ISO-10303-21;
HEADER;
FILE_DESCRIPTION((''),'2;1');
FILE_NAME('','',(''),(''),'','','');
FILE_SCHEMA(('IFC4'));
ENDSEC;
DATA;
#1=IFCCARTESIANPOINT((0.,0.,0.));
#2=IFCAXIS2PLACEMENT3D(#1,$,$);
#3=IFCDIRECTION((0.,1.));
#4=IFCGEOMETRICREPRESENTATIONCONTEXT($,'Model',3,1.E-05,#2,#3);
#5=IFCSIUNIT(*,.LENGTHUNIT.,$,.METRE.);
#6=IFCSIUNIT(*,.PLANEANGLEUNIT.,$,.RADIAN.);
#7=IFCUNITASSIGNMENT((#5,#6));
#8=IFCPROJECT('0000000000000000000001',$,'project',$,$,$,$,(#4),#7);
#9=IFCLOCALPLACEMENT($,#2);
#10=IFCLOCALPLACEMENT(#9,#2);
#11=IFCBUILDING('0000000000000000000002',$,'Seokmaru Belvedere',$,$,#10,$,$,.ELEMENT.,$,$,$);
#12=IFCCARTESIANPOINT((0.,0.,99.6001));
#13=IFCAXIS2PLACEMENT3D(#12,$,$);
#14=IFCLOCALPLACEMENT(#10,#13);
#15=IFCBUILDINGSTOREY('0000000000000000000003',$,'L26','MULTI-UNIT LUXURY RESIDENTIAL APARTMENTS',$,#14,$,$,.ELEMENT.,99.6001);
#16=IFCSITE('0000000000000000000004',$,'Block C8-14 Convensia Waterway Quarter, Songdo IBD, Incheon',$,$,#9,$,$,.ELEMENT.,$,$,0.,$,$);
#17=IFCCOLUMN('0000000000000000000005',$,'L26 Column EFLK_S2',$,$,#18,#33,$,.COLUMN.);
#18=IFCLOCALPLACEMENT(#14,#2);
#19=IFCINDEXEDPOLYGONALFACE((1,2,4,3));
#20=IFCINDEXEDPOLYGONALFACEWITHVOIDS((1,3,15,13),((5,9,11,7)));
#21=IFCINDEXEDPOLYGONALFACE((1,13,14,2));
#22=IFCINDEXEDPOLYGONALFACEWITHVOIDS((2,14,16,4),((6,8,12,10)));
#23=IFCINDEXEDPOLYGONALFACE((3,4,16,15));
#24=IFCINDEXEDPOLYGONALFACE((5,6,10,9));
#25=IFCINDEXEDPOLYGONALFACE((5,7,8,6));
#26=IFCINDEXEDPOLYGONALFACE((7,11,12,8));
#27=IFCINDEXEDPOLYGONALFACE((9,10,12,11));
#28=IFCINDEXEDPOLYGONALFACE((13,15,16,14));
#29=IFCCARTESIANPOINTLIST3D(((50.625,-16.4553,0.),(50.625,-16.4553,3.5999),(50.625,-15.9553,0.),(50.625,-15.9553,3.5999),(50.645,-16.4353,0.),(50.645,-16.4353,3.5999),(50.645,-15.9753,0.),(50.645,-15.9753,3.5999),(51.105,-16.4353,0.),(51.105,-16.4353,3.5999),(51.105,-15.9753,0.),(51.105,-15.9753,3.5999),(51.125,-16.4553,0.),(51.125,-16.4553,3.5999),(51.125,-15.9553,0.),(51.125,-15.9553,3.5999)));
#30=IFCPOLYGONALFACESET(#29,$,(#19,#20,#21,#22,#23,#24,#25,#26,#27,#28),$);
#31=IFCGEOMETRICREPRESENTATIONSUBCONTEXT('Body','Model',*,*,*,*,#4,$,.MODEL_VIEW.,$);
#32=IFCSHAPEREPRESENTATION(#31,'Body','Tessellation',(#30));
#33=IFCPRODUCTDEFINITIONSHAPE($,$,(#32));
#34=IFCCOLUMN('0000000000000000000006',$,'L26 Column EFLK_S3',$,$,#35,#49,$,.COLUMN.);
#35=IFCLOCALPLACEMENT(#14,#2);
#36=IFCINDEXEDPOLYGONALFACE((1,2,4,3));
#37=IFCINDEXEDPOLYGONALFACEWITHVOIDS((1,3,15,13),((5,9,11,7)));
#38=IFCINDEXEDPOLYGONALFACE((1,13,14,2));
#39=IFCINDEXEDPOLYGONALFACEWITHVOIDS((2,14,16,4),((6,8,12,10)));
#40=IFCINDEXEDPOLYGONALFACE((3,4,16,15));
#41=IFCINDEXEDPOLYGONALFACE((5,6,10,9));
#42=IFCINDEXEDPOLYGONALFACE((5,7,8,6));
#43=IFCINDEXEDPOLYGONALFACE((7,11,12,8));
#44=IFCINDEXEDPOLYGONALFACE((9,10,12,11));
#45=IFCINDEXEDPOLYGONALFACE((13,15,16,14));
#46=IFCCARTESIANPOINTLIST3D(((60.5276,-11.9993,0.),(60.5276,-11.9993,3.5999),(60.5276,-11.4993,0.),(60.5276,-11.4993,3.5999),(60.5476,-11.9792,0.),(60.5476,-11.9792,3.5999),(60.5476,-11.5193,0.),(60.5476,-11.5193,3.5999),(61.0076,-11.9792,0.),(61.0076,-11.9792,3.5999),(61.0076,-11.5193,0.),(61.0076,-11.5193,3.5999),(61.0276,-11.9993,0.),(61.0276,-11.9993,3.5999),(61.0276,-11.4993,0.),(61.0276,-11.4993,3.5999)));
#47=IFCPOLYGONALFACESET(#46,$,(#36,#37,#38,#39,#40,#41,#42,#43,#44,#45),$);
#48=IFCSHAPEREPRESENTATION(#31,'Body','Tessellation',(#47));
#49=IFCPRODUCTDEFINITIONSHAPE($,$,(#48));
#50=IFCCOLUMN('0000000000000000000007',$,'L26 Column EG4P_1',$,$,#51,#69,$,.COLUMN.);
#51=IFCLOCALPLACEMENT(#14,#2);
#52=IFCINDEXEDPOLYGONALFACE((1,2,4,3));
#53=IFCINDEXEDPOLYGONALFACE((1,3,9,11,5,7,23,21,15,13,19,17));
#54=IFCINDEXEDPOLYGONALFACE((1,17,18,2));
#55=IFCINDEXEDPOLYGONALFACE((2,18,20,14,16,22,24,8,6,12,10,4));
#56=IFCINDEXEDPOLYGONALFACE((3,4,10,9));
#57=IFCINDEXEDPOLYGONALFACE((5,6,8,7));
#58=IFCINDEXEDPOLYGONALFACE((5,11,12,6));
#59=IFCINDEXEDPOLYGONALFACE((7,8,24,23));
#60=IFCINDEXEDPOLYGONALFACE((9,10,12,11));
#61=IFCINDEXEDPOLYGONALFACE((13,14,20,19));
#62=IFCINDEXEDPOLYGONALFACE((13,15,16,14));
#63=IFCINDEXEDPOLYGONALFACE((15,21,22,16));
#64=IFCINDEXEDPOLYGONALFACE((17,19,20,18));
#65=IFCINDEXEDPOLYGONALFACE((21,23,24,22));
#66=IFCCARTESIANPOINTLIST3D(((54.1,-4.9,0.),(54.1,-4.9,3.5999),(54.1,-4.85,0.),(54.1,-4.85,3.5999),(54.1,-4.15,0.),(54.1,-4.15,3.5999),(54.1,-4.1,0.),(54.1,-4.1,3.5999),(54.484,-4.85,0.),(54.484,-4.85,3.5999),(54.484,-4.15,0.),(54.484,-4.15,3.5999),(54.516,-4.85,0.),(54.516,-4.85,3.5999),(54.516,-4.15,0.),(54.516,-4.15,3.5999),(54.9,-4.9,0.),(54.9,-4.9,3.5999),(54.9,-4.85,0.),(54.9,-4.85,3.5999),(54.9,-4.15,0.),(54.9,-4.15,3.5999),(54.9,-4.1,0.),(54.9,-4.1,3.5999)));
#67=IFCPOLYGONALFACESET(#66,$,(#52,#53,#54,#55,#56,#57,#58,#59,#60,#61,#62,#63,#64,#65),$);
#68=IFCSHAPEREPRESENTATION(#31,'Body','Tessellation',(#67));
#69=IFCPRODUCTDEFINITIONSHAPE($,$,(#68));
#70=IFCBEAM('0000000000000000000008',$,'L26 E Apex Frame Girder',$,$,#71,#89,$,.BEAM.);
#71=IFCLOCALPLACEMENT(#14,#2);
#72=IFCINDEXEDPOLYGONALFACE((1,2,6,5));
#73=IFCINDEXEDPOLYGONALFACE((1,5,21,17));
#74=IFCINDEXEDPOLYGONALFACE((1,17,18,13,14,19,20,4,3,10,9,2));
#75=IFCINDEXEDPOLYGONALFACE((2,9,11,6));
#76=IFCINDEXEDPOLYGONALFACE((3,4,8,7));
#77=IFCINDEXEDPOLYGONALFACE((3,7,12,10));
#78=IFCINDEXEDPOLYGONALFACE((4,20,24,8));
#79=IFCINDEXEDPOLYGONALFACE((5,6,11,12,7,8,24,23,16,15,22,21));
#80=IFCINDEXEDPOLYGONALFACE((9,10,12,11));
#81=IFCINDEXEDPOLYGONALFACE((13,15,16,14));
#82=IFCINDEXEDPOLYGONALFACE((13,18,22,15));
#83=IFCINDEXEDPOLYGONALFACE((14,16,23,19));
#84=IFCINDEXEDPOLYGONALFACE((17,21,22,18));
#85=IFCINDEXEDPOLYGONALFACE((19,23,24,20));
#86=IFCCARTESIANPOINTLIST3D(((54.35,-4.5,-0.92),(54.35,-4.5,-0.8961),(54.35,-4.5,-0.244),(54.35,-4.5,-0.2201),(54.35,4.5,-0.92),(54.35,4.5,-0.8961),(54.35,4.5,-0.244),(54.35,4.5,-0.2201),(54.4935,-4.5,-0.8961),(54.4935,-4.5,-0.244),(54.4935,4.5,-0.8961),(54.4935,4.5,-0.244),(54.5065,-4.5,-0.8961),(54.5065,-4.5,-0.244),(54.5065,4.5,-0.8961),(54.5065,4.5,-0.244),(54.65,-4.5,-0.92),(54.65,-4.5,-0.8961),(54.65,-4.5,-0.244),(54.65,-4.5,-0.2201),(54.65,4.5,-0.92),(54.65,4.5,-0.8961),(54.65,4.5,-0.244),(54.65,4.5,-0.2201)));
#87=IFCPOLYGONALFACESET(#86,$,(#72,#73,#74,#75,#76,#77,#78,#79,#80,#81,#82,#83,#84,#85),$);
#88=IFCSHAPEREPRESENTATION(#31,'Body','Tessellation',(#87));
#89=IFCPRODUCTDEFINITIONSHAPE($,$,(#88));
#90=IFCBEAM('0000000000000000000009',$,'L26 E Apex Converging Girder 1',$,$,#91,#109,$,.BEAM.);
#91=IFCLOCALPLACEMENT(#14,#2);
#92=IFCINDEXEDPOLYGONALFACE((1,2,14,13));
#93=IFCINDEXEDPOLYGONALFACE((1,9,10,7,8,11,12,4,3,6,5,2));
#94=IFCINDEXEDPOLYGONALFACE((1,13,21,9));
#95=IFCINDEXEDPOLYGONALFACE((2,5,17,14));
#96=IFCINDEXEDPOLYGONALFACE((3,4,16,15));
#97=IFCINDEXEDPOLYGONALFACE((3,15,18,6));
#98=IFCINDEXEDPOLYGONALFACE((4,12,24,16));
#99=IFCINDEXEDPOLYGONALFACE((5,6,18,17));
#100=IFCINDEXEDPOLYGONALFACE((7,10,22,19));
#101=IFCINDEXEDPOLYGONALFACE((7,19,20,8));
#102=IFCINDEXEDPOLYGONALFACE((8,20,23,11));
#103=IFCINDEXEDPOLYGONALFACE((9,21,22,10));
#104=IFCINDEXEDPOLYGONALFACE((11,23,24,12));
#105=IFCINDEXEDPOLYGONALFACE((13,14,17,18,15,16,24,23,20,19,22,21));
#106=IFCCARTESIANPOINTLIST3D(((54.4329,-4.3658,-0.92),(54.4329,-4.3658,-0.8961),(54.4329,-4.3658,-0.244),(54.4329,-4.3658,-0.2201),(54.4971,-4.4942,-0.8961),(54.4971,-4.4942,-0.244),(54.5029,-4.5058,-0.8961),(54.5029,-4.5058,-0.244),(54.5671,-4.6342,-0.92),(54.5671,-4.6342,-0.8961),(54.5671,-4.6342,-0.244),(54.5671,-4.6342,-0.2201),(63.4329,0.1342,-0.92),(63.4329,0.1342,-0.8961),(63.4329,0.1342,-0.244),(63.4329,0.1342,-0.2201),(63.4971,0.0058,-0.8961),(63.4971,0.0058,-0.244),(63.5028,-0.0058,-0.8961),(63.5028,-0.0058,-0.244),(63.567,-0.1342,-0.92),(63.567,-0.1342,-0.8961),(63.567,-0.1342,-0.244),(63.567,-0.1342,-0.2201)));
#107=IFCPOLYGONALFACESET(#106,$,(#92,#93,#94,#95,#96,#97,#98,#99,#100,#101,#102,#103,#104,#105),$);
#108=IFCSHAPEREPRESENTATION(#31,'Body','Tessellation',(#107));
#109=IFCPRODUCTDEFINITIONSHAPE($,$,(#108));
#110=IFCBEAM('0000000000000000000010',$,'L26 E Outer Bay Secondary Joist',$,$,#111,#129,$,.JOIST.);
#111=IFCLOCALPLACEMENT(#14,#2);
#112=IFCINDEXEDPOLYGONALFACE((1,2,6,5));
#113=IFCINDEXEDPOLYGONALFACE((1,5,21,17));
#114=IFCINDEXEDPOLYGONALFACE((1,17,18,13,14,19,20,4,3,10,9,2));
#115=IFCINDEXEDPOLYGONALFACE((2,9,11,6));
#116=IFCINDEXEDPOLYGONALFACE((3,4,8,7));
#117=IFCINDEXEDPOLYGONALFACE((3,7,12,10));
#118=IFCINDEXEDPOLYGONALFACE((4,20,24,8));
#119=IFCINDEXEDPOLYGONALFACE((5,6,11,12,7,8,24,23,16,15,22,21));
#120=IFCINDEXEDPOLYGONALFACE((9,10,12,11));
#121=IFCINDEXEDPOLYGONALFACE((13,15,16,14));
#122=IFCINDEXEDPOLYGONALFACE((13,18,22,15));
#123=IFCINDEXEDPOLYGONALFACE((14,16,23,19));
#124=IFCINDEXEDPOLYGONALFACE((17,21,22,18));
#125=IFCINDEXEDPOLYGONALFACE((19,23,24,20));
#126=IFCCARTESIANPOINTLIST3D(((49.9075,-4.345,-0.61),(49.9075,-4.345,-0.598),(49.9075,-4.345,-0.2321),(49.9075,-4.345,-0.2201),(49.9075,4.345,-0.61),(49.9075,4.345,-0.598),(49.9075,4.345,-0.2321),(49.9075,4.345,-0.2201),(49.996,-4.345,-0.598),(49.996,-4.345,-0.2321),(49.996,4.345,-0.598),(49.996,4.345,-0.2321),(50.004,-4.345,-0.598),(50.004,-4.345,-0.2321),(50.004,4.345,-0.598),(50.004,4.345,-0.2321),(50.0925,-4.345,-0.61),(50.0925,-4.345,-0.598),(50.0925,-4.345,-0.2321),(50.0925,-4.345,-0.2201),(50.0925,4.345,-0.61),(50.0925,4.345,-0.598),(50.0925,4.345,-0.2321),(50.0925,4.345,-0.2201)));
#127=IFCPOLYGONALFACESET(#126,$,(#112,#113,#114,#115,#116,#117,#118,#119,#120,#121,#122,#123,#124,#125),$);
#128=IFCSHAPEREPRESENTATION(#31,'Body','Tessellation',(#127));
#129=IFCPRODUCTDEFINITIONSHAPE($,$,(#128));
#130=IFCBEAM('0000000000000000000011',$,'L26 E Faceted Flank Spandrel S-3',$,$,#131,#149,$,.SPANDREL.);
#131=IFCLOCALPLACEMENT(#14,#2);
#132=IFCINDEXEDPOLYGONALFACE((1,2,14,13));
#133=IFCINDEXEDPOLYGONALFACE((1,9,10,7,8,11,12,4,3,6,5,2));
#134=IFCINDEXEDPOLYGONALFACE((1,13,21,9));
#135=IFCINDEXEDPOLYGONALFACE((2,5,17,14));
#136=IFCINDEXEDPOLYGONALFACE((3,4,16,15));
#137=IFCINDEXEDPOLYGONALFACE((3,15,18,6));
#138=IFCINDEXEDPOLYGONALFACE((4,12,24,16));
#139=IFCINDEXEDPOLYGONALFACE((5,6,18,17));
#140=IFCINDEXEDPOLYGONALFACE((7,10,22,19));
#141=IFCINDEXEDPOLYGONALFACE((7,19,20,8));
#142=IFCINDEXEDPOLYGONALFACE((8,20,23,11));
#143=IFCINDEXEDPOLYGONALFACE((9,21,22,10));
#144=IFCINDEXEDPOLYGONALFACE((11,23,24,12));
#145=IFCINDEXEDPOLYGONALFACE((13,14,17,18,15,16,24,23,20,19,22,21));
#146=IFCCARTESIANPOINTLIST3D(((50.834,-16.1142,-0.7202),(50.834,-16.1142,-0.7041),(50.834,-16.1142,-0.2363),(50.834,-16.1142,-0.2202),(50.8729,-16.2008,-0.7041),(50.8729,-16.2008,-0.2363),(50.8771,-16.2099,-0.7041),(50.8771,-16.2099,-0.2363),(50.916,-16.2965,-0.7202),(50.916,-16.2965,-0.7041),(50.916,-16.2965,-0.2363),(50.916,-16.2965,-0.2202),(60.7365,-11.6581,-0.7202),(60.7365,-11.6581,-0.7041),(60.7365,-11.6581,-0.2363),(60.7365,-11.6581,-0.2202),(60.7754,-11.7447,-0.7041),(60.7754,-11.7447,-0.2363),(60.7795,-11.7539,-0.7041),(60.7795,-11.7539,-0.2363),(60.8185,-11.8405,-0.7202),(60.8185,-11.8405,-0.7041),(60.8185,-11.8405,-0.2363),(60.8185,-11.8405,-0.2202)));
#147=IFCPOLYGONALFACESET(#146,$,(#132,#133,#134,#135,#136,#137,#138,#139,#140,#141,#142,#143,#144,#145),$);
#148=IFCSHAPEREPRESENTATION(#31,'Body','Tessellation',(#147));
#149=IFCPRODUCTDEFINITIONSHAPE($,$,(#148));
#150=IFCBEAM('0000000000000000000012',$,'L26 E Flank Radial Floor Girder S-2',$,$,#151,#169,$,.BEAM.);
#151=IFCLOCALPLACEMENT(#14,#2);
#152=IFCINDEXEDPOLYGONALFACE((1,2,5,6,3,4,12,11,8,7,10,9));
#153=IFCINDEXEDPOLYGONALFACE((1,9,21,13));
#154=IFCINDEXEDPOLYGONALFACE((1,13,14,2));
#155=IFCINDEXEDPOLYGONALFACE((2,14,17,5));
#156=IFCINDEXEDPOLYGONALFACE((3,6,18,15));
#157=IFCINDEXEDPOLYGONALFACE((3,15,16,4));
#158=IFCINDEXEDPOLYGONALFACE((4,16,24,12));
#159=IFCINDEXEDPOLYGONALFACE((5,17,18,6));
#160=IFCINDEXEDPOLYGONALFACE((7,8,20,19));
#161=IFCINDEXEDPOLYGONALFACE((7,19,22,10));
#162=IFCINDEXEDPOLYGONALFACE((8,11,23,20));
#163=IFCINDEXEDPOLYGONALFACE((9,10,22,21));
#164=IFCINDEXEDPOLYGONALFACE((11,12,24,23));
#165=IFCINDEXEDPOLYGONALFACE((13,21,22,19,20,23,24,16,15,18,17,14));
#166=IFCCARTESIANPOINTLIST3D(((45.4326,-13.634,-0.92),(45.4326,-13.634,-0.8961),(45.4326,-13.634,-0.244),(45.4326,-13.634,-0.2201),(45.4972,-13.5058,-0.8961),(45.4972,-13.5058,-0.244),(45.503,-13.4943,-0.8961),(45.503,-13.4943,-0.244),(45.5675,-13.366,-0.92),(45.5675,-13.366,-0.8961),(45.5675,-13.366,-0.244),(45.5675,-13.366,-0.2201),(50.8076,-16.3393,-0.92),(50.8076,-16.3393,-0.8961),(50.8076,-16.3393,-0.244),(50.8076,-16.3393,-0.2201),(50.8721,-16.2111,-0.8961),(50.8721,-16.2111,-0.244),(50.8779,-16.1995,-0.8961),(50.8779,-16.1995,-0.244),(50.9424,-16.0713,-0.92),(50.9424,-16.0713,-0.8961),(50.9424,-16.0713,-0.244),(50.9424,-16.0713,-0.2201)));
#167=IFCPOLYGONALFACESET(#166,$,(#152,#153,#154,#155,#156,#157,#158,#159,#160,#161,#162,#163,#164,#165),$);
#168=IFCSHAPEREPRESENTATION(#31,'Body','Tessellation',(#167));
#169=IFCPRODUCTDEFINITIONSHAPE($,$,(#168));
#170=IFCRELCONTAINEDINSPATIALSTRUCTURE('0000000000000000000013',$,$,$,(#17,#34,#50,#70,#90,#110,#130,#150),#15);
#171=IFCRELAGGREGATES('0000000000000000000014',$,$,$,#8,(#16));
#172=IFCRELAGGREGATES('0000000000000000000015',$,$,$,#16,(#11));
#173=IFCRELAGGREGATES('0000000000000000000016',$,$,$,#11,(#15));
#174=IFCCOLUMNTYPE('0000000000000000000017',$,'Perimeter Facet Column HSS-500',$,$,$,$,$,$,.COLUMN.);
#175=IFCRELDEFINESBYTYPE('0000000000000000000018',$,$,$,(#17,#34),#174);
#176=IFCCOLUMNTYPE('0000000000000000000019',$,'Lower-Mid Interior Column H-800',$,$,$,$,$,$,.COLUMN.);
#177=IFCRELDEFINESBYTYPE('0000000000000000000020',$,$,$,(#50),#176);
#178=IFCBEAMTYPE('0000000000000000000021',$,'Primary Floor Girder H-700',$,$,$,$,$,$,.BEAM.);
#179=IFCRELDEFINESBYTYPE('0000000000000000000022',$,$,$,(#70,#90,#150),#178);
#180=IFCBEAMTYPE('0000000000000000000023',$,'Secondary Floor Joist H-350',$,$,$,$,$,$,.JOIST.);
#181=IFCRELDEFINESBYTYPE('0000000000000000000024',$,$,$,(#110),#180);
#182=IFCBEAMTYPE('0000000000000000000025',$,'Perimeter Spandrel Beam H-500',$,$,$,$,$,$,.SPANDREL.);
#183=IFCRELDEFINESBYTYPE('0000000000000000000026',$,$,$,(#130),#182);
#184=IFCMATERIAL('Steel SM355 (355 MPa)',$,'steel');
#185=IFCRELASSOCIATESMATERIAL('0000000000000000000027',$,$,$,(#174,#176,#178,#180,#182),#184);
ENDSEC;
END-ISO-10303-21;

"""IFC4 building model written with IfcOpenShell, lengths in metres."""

from ifc_helpers import new_model, si_unit, direction, frame, origin, origin_2d, place, context, subcontext, project, spatial, hollow_rectangle, i_section, extrude, source, transform, mapped, material, material_profile, profile_set, type_object, type_shapes, element, save


model = new_model("IFC4")

# Units and contexts
model_context = context("Model", 3, precision=1e-05, world=origin(), true_north=direction((0.0, 1.0)))
body_context = subcontext(model_context, "Body", "Model", "MODEL_VIEW")
ifc_project = project(units=[si_unit("LENGTHUNIT", "METRE"), si_unit("PLANEANGLEUNIT", "RADIAN")], contexts=[model_context])

# Site, building, storey
site_placement = place(None, origin())
site = spatial("IfcSite", under=ifc_project, at=site_placement, Name="Block C8-14 Convensia Waterway Quarter, Songdo IBD, Incheon", CompositionType="ELEMENT", RefElevation=0.0)
building_placement = place(site_placement, origin())
building = spatial("IfcBuilding", under=site, at=building_placement, Name="Seokmaru Belvedere", CompositionType="ELEMENT")
storey_placement = place(building_placement, frame((0.0, 0.0, 99.6001)))
storey = spatial("IfcBuildingStorey", under=building, at=storey_placement, Name="L26", Description="MULTI-UNIT LUXURY RESIDENTIAL APARTMENTS", CompositionType="ELEMENT", Elevation=99.6001)

# Columns
ifc_material_1 = material(Name="Steel SM355 (355 MPa)", Category="steel")
ifc_material_profile_1 = material_profile(ifc_material_1, hollow_rectangle(XDim=0.5, YDim=0.5, WallThickness=0.02, at=origin_2d()), Name="HSS-500x500x20")
ifc_profile_set_1 = profile_set([ifc_material_profile_1], Name="Steel SM355 (355 MPa)")
column_type_1 = type_object("IfcColumnType", Name="Perimeter Facet Column HSS-500", PredefinedType="COLUMN", material=ifc_profile_set_1)
shared_shape_1 = source(origin(), body_context, "Body", "SweptSolid", [
    extrude(hollow_rectangle(XDim=0.5, YDim=0.5, WallThickness=0.02, at=origin_2d()), origin(), (0.0, 0.0, 1.0), 3.5999),
])
type_shapes(column_type_1, [shared_shape_1])
for number, where, z_axis, x_axis, name in (
    (1, (50.875, -16.2053, 0.0), (0.0, 0.0, 1.0), (1.0, 0.0, 0.0), "L26 Column EFLK_S2"),
    (2, (60.7776, -11.7493, 0.0), (0.0, 0.0, 1.0), (1.0, 0.0, 0.0), "L26 Column EFLK_S3"),
):
    element("IfcColumn", number, at=place(storey_placement, frame(where, z_axis=z_axis, x_axis=x_axis)), inside=storey, type_object=column_type_1, Name=name, PredefinedType="COLUMN", context=body_context, shape_type="MappedRepresentation", body=[
        mapped(shared_shape_1, transform((0.0, 0.0, 0.0), scale=1.0)),
    ])
ifc_material_profile_2 = material_profile(ifc_material_1, i_section(OverallWidth=0.8, OverallDepth=0.8, WebThickness=0.032, FlangeThickness=0.05, at=origin_2d()), Name="H-800x800x32x50")
ifc_profile_set_2 = profile_set([ifc_material_profile_2], Name="Steel SM355 (355 MPa)")
column_type_2 = type_object("IfcColumnType", Name="Lower-Mid Interior Column H-800", PredefinedType="COLUMN", material=ifc_profile_set_2)
shared_shape_2 = source(origin(), body_context, "Body", "SweptSolid", [
    extrude(i_section(OverallWidth=0.8, OverallDepth=0.8, WebThickness=0.032, FlangeThickness=0.05, at=origin_2d()), origin(), (0.0, 0.0, 1.0), 3.5999),
])
type_shapes(column_type_2, [shared_shape_2])
column_placement = place(storey_placement, frame((54.5, -4.5, 0.0), z_axis=(0.0, 0.0, 1.0), x_axis=(1.0, 0.0, 0.0)))
element("IfcColumn", 3, at=column_placement, inside=storey, type_object=column_type_2, Name="L26 Column EG4P_1", PredefinedType="COLUMN", context=body_context, shape_type="MappedRepresentation", body=[
    mapped(shared_shape_2, transform((0.0, 0.0, 0.0), scale=1.0)),
])

# Beams
ifc_material_profile_3 = material_profile(ifc_material_1, i_section(OverallWidth=0.3, OverallDepth=0.7, WebThickness=0.0129, FlangeThickness=0.0239, at=origin_2d()), Name="H-700x300x13x24")
ifc_profile_set_3 = profile_set([ifc_material_profile_3], Name="Steel SM355 (355 MPa)")
beam_type_1 = type_object("IfcBeamType", Name="Primary Floor Girder H-700", PredefinedType="BEAM", material=ifc_profile_set_3)
shared_shape_3 = source(origin(), body_context, "Body", "SweptSolid", [
    extrude(i_section(OverallWidth=0.3, OverallDepth=0.7, WebThickness=0.0129, FlangeThickness=0.0239, at=origin_2d()), origin(), (0.0, 0.0, 1.0), 9.0),
])
beam_1_placement = place(storey_placement, frame((54.5, -4.5, -0.5701), z_axis=(0.0, 1.0, 0.0), x_axis=(-1.0, 0.0, 0.0)))
element("IfcBeam", 4, at=beam_1_placement, inside=storey, type_object=beam_type_1, Name="L26 E Apex Frame Girder", PredefinedType="BEAM", context=body_context, shape_type="MappedRepresentation", body=[
    mapped(shared_shape_3, transform((0.0, 0.0, 0.0), scale=1.0)),
])
shared_shape_4 = source(origin(), body_context, "Body", "SweptSolid", [
    extrude(i_section(OverallWidth=0.3, OverallDepth=0.7, WebThickness=0.0129, FlangeThickness=0.0239, at=origin_2d()), origin(), (0.0, 0.0, 1.0), 10.0623),
])
beam_2_placement = place(storey_placement, frame((54.5, -4.5, -0.5701), z_axis=(0.894427, 0.447214, 0.0), x_axis=(-0.447214, 0.894427, 0.0)))
element("IfcBeam", 5, at=beam_2_placement, inside=storey, type_object=beam_type_1, Name="L26 E Apex Converging Girder 1", PredefinedType="BEAM", context=body_context, shape_type="MappedRepresentation", body=[
    mapped(shared_shape_4, transform((0.0, 0.0, 0.0), scale=1.0)),
])
ifc_material_profile_4 = material_profile(ifc_material_1, i_section(OverallWidth=0.1851, OverallDepth=0.3899, WebThickness=0.0081, FlangeThickness=0.012, at=origin_2d()), Name="H-390x185x8x12")
ifc_profile_set_4 = profile_set([ifc_material_profile_4], Name="Steel SM355 (355 MPa)")
beam_type_2 = type_object("IfcBeamType", Name="Secondary Floor Joist H-350", PredefinedType="JOIST", material=ifc_profile_set_4)
shared_shape_5 = source(origin(), body_context, "Body", "SweptSolid", [
    extrude(i_section(OverallWidth=0.1851, OverallDepth=0.3899, WebThickness=0.0081, FlangeThickness=0.012, at=origin_2d()), origin(), (0.0, 0.0, 1.0), 8.6899),
])
type_shapes(beam_type_2, [shared_shape_5])
beam_3_placement = place(storey_placement, frame((50.0, -4.345, -0.415), z_axis=(0.0, 1.0, 0.0), x_axis=(-1.0, 0.0, 0.0)))
element("IfcBeam", 6, at=beam_3_placement, inside=storey, type_object=beam_type_2, Name="L26 E Outer Bay Secondary Joist", PredefinedType="JOIST", context=body_context, shape_type="MappedRepresentation", body=[
    mapped(shared_shape_5, transform((0.0, 0.0, 0.0), scale=1.0)),
])
ifc_material_profile_5 = material_profile(ifc_material_1, i_section(OverallWidth=0.2, OverallDepth=0.5, WebThickness=0.01, FlangeThickness=0.0161, at=origin_2d()), Name="H-500x200x10x16")
ifc_profile_set_5 = profile_set([ifc_material_profile_5], Name="Steel SM355 (355 MPa)")
beam_type_3 = type_object("IfcBeamType", Name="Perimeter Spandrel Beam H-500", PredefinedType="SPANDREL", material=ifc_profile_set_5)
shared_shape_6 = source(origin(), body_context, "Body", "SweptSolid", [
    extrude(i_section(OverallWidth=0.2, OverallDepth=0.5, WebThickness=0.01, FlangeThickness=0.0161, at=origin_2d()), origin(), (0.0, 0.0, 1.0), 10.8589),
])
type_shapes(beam_type_3, [shared_shape_6])
beam_4_placement = place(storey_placement, frame((50.875, -16.2053, -0.4702), z_axis=(0.911925, 0.410356, 0.0), x_axis=(-0.410356, 0.911925, 0.0)))
element("IfcBeam", 7, at=beam_4_placement, inside=storey, type_object=beam_type_3, Name="L26 E Faceted Flank Spandrel S-3", PredefinedType="SPANDREL", context=body_context, shape_type="MappedRepresentation", body=[
    mapped(shared_shape_6, transform((0.0, 0.0, 0.0), scale=1.0)),
])
shared_shape_7 = source(origin(), body_context, "Body", "SweptSolid", [
    extrude(i_section(OverallWidth=0.3, OverallDepth=0.7, WebThickness=0.0129, FlangeThickness=0.0239, at=origin_2d()), origin(), (0.0, 0.0, 1.0), 6.0173),
])
type_shapes(beam_type_1, [shared_shape_3, shared_shape_4, shared_shape_7])
beam_5_placement = place(storey_placement, frame((50.875, -16.2053, -0.5701), z_axis=(-0.893239, 0.449581, 0.0), x_axis=(-0.449581, -0.893239, 0.0)))
element("IfcBeam", 8, at=beam_5_placement, inside=storey, type_object=beam_type_1, Name="L26 E Flank Radial Floor Girder S-2", PredefinedType="BEAM", context=body_context, shape_type="MappedRepresentation", body=[
    mapped(shared_shape_7, transform((0.0, 0.0, 0.0), scale=1.0)),
])

save(model, "model.ifc")
